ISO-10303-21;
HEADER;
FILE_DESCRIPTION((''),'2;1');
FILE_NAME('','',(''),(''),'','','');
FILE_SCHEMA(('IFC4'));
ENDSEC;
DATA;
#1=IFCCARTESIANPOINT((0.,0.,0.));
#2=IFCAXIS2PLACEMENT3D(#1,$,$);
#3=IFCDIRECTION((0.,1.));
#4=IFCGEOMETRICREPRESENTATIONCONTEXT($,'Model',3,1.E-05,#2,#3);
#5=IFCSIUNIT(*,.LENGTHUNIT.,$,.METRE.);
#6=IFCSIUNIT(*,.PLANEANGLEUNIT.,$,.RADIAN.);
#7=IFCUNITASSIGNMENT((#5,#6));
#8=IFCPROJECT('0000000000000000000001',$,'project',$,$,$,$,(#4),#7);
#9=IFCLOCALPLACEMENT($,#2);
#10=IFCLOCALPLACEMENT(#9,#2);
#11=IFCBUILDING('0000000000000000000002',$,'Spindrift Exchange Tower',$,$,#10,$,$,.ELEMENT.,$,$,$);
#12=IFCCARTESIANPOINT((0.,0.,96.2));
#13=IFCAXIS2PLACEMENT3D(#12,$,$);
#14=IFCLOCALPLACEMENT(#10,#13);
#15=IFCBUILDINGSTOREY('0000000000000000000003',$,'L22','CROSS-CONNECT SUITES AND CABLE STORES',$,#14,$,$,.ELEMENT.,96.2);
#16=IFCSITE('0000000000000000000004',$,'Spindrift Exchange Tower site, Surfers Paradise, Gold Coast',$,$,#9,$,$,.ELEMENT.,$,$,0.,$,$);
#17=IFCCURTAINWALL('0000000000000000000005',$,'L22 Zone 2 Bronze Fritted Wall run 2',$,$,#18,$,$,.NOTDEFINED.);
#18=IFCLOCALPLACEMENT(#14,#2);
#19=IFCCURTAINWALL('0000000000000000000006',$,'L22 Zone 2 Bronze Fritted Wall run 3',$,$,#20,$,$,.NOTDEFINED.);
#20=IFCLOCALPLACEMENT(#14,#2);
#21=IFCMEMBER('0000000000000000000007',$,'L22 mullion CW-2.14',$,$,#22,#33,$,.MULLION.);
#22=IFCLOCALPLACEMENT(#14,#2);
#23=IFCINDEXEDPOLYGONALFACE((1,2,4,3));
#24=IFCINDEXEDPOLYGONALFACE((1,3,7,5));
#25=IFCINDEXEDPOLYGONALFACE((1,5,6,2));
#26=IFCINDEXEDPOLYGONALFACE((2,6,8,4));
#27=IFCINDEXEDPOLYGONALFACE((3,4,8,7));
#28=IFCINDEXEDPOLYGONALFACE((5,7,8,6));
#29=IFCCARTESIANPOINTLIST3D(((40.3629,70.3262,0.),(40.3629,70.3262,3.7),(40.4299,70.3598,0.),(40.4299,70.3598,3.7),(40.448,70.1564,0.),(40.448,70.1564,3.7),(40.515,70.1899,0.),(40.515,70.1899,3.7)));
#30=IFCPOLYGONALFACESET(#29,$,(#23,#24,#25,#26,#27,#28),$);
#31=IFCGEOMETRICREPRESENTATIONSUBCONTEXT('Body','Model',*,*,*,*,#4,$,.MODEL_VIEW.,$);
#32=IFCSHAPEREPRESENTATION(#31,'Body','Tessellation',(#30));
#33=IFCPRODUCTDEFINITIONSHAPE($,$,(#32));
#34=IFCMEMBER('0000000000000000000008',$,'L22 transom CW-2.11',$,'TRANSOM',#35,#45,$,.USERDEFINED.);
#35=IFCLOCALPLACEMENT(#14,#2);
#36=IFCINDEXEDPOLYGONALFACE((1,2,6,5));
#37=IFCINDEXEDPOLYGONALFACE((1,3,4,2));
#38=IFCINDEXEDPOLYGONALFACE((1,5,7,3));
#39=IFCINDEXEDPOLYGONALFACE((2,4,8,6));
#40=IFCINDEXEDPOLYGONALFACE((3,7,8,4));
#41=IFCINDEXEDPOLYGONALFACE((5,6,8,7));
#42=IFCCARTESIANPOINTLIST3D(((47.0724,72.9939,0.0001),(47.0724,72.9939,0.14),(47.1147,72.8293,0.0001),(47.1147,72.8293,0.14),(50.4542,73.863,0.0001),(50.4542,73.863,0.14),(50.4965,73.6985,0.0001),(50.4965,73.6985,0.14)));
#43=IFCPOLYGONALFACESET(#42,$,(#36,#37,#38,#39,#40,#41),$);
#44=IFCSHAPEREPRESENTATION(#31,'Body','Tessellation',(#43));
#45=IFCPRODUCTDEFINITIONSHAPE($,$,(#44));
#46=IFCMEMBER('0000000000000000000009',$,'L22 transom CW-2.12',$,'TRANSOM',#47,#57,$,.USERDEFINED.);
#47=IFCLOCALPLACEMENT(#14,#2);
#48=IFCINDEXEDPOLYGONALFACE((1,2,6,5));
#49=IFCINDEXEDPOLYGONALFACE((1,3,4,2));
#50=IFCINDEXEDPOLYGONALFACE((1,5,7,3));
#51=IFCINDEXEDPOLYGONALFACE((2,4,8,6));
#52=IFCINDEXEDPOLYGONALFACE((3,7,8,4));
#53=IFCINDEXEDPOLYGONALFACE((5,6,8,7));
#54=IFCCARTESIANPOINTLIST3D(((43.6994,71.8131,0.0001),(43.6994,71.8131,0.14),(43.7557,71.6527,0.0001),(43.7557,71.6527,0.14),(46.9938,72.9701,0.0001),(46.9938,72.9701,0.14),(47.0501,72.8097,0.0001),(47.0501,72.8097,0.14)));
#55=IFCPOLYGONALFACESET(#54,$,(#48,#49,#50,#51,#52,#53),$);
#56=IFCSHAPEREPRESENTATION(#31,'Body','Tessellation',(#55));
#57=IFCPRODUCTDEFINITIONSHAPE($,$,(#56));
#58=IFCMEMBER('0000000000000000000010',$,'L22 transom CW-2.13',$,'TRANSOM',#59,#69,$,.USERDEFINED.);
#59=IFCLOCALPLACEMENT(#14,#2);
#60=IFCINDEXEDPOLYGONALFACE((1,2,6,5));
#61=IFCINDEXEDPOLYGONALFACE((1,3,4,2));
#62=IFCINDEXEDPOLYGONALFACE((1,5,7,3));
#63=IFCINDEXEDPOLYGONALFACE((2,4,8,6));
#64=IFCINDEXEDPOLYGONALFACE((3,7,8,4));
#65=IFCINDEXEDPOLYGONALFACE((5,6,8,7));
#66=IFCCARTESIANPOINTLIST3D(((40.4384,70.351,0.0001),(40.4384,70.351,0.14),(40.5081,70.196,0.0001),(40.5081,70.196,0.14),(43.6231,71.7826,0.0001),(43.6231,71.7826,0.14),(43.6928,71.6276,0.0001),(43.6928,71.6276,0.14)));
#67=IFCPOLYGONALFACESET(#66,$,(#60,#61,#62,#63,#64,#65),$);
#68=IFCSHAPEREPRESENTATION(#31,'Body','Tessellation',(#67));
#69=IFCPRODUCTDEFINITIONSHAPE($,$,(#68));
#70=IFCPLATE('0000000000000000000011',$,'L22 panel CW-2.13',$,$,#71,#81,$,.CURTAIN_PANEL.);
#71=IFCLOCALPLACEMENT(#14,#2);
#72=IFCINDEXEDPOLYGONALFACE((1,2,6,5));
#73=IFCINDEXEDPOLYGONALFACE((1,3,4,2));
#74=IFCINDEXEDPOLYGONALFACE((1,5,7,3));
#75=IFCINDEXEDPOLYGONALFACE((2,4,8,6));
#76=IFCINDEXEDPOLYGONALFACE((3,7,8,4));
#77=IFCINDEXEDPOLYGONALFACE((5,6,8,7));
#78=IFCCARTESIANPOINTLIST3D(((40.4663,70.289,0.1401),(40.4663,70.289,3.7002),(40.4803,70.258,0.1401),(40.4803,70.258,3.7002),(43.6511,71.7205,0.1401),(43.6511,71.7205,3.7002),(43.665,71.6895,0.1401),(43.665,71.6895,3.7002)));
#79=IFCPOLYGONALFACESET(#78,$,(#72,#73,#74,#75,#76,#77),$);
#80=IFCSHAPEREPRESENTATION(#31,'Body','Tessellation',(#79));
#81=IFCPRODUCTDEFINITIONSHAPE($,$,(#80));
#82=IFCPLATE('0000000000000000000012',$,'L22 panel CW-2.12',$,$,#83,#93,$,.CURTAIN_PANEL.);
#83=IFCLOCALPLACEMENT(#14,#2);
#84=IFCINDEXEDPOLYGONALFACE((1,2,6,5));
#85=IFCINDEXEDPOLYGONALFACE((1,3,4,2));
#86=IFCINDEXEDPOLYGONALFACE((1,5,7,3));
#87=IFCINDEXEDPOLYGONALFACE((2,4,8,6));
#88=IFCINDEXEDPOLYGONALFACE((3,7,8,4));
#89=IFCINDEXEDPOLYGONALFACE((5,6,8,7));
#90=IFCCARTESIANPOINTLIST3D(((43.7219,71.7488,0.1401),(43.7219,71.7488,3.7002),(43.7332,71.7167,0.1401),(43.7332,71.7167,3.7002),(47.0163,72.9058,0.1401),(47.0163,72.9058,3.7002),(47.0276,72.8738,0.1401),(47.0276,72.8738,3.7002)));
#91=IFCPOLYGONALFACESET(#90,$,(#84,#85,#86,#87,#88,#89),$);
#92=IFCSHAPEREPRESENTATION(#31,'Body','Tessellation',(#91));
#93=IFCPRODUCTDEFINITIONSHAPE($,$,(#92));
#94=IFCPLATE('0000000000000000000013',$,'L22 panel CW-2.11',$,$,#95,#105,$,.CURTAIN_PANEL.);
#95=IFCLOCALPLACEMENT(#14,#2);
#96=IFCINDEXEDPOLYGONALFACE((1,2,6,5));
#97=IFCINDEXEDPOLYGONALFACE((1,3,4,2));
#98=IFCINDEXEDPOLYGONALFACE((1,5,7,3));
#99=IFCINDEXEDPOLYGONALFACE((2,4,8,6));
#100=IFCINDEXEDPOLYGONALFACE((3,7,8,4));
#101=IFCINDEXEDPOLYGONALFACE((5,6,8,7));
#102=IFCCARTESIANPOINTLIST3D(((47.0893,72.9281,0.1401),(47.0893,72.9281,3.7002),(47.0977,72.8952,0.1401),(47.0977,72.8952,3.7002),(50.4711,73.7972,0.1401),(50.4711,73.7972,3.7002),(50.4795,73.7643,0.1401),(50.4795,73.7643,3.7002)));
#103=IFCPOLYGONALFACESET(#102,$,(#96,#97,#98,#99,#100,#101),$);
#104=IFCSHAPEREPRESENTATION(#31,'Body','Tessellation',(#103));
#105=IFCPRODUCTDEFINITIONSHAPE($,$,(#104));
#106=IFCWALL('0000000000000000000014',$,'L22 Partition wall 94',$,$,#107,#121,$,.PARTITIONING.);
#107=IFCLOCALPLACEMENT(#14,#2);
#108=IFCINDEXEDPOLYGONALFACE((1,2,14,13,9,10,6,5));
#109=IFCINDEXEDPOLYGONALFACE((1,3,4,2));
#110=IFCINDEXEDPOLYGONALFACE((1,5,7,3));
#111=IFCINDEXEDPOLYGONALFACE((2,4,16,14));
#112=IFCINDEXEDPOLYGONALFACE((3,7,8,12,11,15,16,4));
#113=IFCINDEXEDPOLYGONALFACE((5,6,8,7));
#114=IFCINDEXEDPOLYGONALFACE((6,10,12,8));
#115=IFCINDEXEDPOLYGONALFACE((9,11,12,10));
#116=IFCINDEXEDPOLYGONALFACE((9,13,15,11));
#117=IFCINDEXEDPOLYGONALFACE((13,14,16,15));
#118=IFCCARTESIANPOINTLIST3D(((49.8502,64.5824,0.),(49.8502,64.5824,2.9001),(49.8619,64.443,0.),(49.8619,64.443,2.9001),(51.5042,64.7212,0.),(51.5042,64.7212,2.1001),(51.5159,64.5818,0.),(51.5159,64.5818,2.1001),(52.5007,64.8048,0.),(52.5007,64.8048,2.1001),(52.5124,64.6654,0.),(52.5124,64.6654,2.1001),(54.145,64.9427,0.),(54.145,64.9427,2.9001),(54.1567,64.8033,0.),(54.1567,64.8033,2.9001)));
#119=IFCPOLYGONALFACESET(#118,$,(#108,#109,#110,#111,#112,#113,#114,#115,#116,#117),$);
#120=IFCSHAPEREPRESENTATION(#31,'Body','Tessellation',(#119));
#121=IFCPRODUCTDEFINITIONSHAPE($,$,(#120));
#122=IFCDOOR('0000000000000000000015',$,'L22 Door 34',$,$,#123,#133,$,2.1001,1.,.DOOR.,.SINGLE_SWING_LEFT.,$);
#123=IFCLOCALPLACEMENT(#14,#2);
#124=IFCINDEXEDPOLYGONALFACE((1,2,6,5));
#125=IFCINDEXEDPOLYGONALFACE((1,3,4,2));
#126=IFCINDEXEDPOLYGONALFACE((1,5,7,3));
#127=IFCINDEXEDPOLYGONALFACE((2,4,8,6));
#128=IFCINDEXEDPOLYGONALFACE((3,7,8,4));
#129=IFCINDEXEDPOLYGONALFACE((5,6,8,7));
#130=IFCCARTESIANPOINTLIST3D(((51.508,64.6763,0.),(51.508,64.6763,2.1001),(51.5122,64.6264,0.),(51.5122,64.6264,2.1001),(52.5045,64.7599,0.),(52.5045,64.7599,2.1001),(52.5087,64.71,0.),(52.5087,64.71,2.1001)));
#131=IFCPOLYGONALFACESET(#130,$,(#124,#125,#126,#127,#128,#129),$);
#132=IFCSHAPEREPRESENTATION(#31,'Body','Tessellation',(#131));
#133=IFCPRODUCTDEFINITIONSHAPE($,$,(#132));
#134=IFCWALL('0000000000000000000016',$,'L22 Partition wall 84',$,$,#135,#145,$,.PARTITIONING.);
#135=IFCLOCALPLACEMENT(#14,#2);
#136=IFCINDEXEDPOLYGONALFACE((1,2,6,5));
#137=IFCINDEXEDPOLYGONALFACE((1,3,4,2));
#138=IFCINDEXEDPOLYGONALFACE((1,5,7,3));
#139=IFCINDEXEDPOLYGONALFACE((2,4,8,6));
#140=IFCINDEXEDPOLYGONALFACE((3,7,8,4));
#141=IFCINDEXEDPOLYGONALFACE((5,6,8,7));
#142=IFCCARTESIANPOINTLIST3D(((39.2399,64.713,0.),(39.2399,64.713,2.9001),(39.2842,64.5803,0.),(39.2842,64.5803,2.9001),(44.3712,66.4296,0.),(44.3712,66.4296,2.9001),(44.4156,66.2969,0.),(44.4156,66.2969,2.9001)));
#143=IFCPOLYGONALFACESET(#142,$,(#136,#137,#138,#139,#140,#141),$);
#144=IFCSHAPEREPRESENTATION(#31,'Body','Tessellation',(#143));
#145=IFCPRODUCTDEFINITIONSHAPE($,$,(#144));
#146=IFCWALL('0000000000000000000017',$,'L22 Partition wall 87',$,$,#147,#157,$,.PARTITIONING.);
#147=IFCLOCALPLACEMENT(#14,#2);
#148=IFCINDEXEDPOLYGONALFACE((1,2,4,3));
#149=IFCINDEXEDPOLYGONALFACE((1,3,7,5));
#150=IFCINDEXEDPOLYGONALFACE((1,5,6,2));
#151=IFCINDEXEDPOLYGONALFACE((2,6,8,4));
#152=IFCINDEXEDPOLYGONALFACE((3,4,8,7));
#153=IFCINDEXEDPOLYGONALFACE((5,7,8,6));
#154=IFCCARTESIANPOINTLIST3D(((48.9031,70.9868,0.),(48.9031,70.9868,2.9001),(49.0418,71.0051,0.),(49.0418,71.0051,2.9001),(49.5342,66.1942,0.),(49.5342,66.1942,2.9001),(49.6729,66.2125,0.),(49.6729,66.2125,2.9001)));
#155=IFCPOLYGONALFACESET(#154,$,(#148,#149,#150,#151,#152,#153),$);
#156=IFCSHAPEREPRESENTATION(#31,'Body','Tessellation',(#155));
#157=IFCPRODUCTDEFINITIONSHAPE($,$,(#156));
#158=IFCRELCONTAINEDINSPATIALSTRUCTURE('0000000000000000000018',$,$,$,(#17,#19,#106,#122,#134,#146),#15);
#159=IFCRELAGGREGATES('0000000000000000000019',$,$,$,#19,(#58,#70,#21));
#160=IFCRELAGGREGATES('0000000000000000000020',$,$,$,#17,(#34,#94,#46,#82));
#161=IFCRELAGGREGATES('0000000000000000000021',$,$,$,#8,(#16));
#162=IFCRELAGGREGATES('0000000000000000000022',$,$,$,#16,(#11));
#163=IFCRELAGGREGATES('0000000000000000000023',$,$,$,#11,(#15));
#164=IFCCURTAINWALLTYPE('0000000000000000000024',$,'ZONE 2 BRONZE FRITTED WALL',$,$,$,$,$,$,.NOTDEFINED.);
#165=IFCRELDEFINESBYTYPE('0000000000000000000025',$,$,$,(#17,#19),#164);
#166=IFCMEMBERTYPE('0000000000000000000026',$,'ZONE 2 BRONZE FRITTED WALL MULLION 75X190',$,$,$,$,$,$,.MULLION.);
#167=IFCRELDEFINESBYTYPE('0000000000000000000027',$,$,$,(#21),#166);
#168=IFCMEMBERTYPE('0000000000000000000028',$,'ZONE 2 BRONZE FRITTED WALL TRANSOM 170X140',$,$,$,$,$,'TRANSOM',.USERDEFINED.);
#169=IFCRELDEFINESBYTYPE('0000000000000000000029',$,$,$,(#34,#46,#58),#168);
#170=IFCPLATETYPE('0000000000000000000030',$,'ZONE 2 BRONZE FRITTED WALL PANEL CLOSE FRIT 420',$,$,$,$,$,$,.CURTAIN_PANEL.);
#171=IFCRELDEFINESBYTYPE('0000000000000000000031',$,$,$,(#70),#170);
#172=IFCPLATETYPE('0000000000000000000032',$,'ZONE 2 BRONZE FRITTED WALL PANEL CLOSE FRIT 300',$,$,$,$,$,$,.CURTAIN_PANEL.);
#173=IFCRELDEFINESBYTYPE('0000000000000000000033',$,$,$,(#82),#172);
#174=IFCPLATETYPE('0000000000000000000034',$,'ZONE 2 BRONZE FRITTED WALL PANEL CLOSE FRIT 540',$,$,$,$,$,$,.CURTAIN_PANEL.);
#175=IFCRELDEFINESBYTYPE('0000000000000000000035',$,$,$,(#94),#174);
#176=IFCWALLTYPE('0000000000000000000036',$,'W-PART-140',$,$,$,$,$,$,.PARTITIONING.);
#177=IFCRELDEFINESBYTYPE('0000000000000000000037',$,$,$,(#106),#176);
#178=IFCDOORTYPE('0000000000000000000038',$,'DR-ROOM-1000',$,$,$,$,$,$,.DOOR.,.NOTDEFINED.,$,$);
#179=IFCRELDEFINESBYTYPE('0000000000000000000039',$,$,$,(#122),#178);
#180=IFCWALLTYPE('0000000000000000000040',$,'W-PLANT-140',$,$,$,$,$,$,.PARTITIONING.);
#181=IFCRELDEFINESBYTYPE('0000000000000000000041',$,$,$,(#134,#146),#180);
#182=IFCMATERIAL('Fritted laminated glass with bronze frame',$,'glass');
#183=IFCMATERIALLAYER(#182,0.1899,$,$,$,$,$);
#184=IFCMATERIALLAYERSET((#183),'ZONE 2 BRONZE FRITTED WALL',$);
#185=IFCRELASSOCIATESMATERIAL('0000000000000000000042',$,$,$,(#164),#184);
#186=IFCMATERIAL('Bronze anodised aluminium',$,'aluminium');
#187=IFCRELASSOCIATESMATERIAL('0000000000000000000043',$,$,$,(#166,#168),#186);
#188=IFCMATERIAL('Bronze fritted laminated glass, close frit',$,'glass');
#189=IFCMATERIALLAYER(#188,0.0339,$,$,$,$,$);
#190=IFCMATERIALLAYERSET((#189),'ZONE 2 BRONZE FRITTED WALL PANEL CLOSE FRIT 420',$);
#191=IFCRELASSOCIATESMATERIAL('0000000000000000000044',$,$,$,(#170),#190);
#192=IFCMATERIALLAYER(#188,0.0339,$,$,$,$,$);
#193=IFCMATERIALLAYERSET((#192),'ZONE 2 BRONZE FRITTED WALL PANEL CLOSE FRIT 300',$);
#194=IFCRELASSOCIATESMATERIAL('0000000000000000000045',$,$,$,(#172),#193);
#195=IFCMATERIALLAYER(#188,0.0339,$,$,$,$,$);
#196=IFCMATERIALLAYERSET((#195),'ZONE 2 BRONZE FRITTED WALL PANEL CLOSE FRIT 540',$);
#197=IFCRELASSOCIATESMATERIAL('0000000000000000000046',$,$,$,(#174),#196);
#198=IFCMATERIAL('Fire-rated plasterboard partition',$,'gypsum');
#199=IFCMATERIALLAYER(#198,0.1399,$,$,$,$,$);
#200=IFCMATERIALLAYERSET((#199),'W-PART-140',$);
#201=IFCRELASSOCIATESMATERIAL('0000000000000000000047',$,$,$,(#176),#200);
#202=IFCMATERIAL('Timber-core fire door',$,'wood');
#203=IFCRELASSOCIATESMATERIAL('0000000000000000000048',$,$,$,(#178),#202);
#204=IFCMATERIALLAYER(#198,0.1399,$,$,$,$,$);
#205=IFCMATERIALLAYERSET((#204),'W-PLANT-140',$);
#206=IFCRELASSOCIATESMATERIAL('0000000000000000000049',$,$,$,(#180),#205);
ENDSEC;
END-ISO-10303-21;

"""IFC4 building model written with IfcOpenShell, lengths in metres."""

from ifc_helpers import new_model, si_unit, direction, frame, frame_2d, origin, origin_2d, place, context, subcontext, project, spatial, rectangle, extrude, source, transform, mapped, material, layer, layer_set, material_profile, profile_set, type_object, element, fill, aggregate, save


model = new_model("IFC4")

# Units and contexts
model_context = context("Model", 3, precision=1e-05, world=origin(), true_north=direction((0.0, 1.0)))
body_context = subcontext(model_context, "Body", "Model", "MODEL_VIEW")
ifc_project = project(units=[si_unit("LENGTHUNIT", "METRE"), si_unit("PLANEANGLEUNIT", "RADIAN")], contexts=[model_context])

# Site, building, storey
site_placement = place(None, origin())
site = spatial("IfcSite", under=ifc_project, at=site_placement, Name="Spindrift Exchange Tower site, Surfers Paradise, Gold Coast", CompositionType="ELEMENT", RefElevation=0.0)
building_placement = place(site_placement, origin())
building = spatial("IfcBuilding", under=site, at=building_placement, Name="Spindrift Exchange Tower", CompositionType="ELEMENT")
storey_placement = place(building_placement, frame((0.0, 0.0, 96.2)))
storey = spatial("IfcBuildingStorey", under=building, at=storey_placement, Name="L22", Description="CROSS-CONNECT SUITES AND CABLE STORES", CompositionType="ELEMENT", Elevation=96.2)

# Curtain walls, member
ifc_material_1 = material(Name="Fritted laminated glass with bronze frame", Category="glass")
ifc_layer_1 = layer(ifc_material_1, 0.1899)
ifc_layer_set_1 = layer_set([ifc_layer_1], Name="ZONE 2 BRONZE FRITTED WALL")
curtain_wall_type = type_object("IfcCurtainWallType", Name="ZONE 2 BRONZE FRITTED WALL", PredefinedType="NOTDEFINED", material=ifc_layer_set_1)
curtain_wall_1_placement = place(storey_placement, origin())
curtain_wall_1 = element("IfcCurtainWall", 1, at=curtain_wall_1_placement, inside=storey, type_object=curtain_wall_type, Name="L22 Zone 2 Bronze Fritted Wall run 2", PredefinedType="NOTDEFINED")
ifc_material_2 = material(Name="Bronze anodised aluminium", Category="aluminium")
ifc_material_profile_1 = material_profile(ifc_material_2, rectangle(XDim=0.075, YDim=0.1899, at=origin_2d()), Name="ZONE 2 BRONZE FRITTED WALL MULLION 75X190")
ifc_profile_set_1 = profile_set([ifc_material_profile_1], Name="Bronze anodised aluminium")
member_type_1 = type_object("IfcMemberType", Name="ZONE 2 BRONZE FRITTED WALL MULLION 75X190", PredefinedType="MULLION", material=ifc_profile_set_1)
shared_shape_1 = source(origin(), body_context, "Body", "SweptSolid", [
    extrude(rectangle(XDim=0.075, YDim=0.1899, at=origin_2d()), origin(), (0.0, 0.0, 1.0), 3.7),
])
curtain_wall_2_placement = place(storey_placement, origin())
curtain_wall_2 = element("IfcCurtainWall", 2, at=curtain_wall_2_placement, inside=storey, type_object=curtain_wall_type, Name="L22 Zone 2 Bronze Fritted Wall run 3", PredefinedType="NOTDEFINED")
member_1_placement = place(storey_placement, frame((40.439, 70.2581, 0.0), z_axis=(0.0, 0.0, 1.0), x_axis=(-0.894006, -0.448056, 0.0)))
member_1 = element("IfcMember", 3, at=member_1_placement, type_object=member_type_1, Name="L22 mullion CW-2.14", PredefinedType="MULLION", context=body_context, shape_type="MappedRepresentation", body=[
    mapped(shared_shape_1, transform((0.0, 0.0, 0.0), scale=1.0)),
])

# Members
ifc_material_profile_2 = material_profile(ifc_material_2, rectangle(XDim=0.1699, YDim=0.1399, at=origin_2d()), Name="ZONE 2 BRONZE FRITTED WALL TRANSOM 170X140")
ifc_profile_set_2 = profile_set([ifc_material_profile_2], Name="Bronze anodised aluminium")
member_type_2 = type_object("IfcMemberType", Name="ZONE 2 BRONZE FRITTED WALL TRANSOM 170X140", ElementType="TRANSOM", PredefinedType="USERDEFINED", material=ifc_profile_set_2)
shared_shape_2 = source(origin(), body_context, "Body", "SweptSolid", [
    extrude(rectangle(XDim=0.1699, YDim=0.1399, at=origin_2d()), origin(), (0.0, 0.0, 1.0), 3.4917),
])
member_2_placement = place(storey_placement, frame((50.4753, 73.7808, 0.0701), z_axis=(-0.968526, -0.248914, 0.0), x_axis=(0.248914, -0.968526, 0.0)))
member_2 = element("IfcMember", 4, at=member_2_placement, type_object=member_type_2, Name="L22 transom CW-2.11", ObjectType="TRANSOM", PredefinedType="USERDEFINED", context=body_context, shape_type="MappedRepresentation", body=[
    mapped(shared_shape_2, transform((0.0, 0.0, 0.0), scale=1.0)),
])
member_3_placement = place(storey_placement, frame((47.022, 72.8899, 0.0701), z_axis=(-0.943507, -0.331353, 0.0), x_axis=(0.331353, -0.943507, 0.0)))
member_3 = element("IfcMember", 5, at=member_3_placement, type_object=member_type_2, Name="L22 transom CW-2.12", ObjectType="TRANSOM", PredefinedType="USERDEFINED", context=body_context, shape_type="MappedRepresentation", body=[
    mapped(shared_shape_2, transform((0.0, 0.0, 0.0), scale=1.0)),
])
member_4_placement = place(storey_placement, frame((43.658, 71.7051, 0.0701), z_axis=(-0.912085, -0.410001, 0.0), x_axis=(0.410001, -0.912085, 0.0)))
member_4 = element("IfcMember", 6, at=member_4_placement, type_object=member_type_2, Name="L22 transom CW-2.13", ObjectType="TRANSOM", PredefinedType="USERDEFINED", context=body_context, shape_type="MappedRepresentation", body=[
    mapped(shared_shape_2, transform((0.0, 0.0, 0.0), scale=1.0)),
])

# Plates
ifc_material_3 = material(Name="Bronze fritted laminated glass, close frit", Category="glass")
ifc_layer_2 = layer(ifc_material_3, 0.0339)
ifc_layer_set_2 = layer_set([ifc_layer_2], Name="ZONE 2 BRONZE FRITTED WALL PANEL CLOSE FRIT 420")
plate_type_1 = type_object("IfcPlateType", Name="ZONE 2 BRONZE FRITTED WALL PANEL CLOSE FRIT 420", PredefinedType="CURTAIN_PANEL", material=ifc_layer_set_2)
shared_shape_3 = source(origin(), body_context, "Body", "SweptSolid", [
    extrude(rectangle(XDim=3.4917, YDim=0.0339, at=origin_2d()), origin(), (0.0, 0.0, 1.0), 3.5601),
])
plate_1_placement = place(storey_placement, frame((42.0657, 70.9893, 0.1401), z_axis=(0.0, 0.0, 1.0), x_axis=(-0.912094, -0.409982, 0.0)))
plate_1 = element("IfcPlate", 7, at=plate_1_placement, type_object=plate_type_1, Name="L22 panel CW-2.13", PredefinedType="CURTAIN_PANEL", context=body_context, shape_type="MappedRepresentation", body=[
    mapped(shared_shape_3, transform((0.0, 0.0, 0.0), scale=1.0)),
])
aggregate(curtain_wall_2, [member_4, plate_1, member_1])
ifc_layer_3 = layer(ifc_material_3, 0.0339)
ifc_layer_set_3 = layer_set([ifc_layer_3], Name="ZONE 2 BRONZE FRITTED WALL PANEL CLOSE FRIT 300")
plate_type_2 = type_object("IfcPlateType", Name="ZONE 2 BRONZE FRITTED WALL PANEL CLOSE FRIT 300", PredefinedType="CURTAIN_PANEL", material=ifc_layer_set_3)
shared_shape_4 = source(origin(), body_context, "Body", "SweptSolid", [
    extrude(rectangle(XDim=3.4917, YDim=0.0339, at=origin_2d()), origin(), (0.0, 0.0, 1.0), 3.5601),
])
plate_2_placement = place(storey_placement, frame((45.3748, 72.3113, 0.1401), z_axis=(0.0, 0.0, 1.0), x_axis=(-0.943498, -0.331377, 0.0)))
plate_2 = element("IfcPlate", 8, at=plate_2_placement, type_object=plate_type_2, Name="L22 panel CW-2.12", PredefinedType="CURTAIN_PANEL", context=body_context, shape_type="MappedRepresentation", body=[
    mapped(shared_shape_4, transform((0.0, 0.0, 0.0), scale=1.0)),
])
ifc_layer_4 = layer(ifc_material_3, 0.0339)
ifc_layer_set_4 = layer_set([ifc_layer_4], Name="ZONE 2 BRONZE FRITTED WALL PANEL CLOSE FRIT 540")
plate_type_3 = type_object("IfcPlateType", Name="ZONE 2 BRONZE FRITTED WALL PANEL CLOSE FRIT 540", PredefinedType="CURTAIN_PANEL", material=ifc_layer_set_4)
shared_shape_5 = source(origin(), body_context, "Body", "SweptSolid", [
    extrude(rectangle(XDim=3.4917, YDim=0.0339, at=origin_2d()), origin(), (0.0, 0.0, 1.0), 3.5601),
])
plate_3_placement = place(storey_placement, frame((48.7844, 73.3462, 0.1401), z_axis=(0.0, 0.0, 1.0), x_axis=(-0.968525, -0.248916, 0.0)))
plate_3 = element("IfcPlate", 9, at=plate_3_placement, type_object=plate_type_3, Name="L22 panel CW-2.11", PredefinedType="CURTAIN_PANEL", context=body_context, shape_type="MappedRepresentation", body=[
    mapped(shared_shape_5, transform((0.0, 0.0, 0.0), scale=1.0)),
])
aggregate(curtain_wall_1, [member_2, plate_3, member_3, plate_2])

# Wall, opening, door
ifc_material_4 = material(Name="Fire-rated plasterboard partition", Category="gypsum")
ifc_layer_5 = layer(ifc_material_4, 0.1399)
ifc_layer_set_5 = layer_set([ifc_layer_5], Name="W-PART-140")
wall_type_1 = type_object("IfcWallType", Name="W-PART-140", PredefinedType="PARTITIONING", material=ifc_layer_set_5)
wall_1_placement = place(storey_placement, frame((49.8562, 64.5127, 0.0), z_axis=(0.0, 0.0, 1.0), x_axis=(0.996498, 0.083613, 0.0)))
wall_1 = element("IfcWall", 10, at=wall_1_placement, inside=storey, type_object=wall_type_1, Name="L22 Partition wall 94", PredefinedType="PARTITIONING", context=body_context, shape_type="SweptSolid", body=[
    extrude(rectangle(XDim=4.3098, YDim=0.1399, at=frame_2d((2.1548, 0.0))), origin(), (0.0, 0.0, 1.0), 2.9001),
])
opening_1_placement = place(wall_1_placement, frame((1.6597, 0.0, 0.0)))
opening_1 = element("IfcOpeningElement", 11, at=opening_1_placement, cuts=wall_1, PredefinedType="OPENING", context=body_context, shape_type="SweptSolid", body=[
    extrude(rectangle(XDim=1.0, YDim=2.1001, at=frame_2d((0.5, 1.05))), frame((0.0, 0.0798, 0.0), z_axis=(0.0, -1.0, 0.0), x_axis=(1.0, 0.0, 0.0)), (0.0, 0.0, 1.0), 0.1599),
])
ifc_material_5 = material(Name="Timber-core fire door", Category="wood")
door_type = type_object("IfcDoorType", Name="DR-ROOM-1000", OperationType="NOTDEFINED", PredefinedType="DOOR", material=ifc_material_5)
shared_shape_6 = source(origin(), body_context, "Body", "SweptSolid", [
    extrude(rectangle(XDim=1.0, YDim=2.1001, at=frame_2d((0.5, 1.05))), frame((0.0, 0.0249, 0.0), z_axis=(0.0, -1.0, 0.0), x_axis=(1.0, 0.0, 0.0)), (0.0, 0.0, 1.0), 0.05),
])
door_1_placement = place(opening_1_placement, origin())
door_1 = element("IfcDoor", 12, at=door_1_placement, inside=storey, type_object=door_type, Name="L22 Door 34", OperationType="SINGLE_SWING_LEFT", OverallHeight=2.1001, OverallWidth=1.0, PredefinedType="DOOR", context=body_context, shape_type="MappedRepresentation", body=[
    mapped(shared_shape_6, transform((0.0, 0.0, 0.0), scale=1.0)),
])
fill(opening_1, door_1)

# Walls
ifc_layer_6 = layer(ifc_material_4, 0.1399)
ifc_layer_set_6 = layer_set([ifc_layer_6], Name="W-PLANT-140")
wall_type_2 = type_object("IfcWallType", Name="W-PLANT-140", PredefinedType="PARTITIONING", material=ifc_layer_set_6)
wall_2_placement = place(storey_placement, frame((44.3936, 66.3633, 0.0), z_axis=(0.0, 0.0, 1.0), x_axis=(-0.948344, -0.317243, 0.0)))
element("IfcWall", 13, at=wall_2_placement, inside=storey, type_object=wall_type_2, Name="L22 Partition wall 84", PredefinedType="PARTITIONING", context=body_context, shape_type="SweptSolid", body=[
    extrude(rectangle(XDim=5.4109, YDim=0.1399, at=frame_2d((2.7056, 0.0))), origin(), (0.0, 0.0, 1.0), 2.9001),
])
wall_3_placement = place(storey_placement, frame((49.6035, 66.2034, 0.0), z_axis=(0.0, 0.0, 1.0), x_axis=(-0.130552, 0.991441, 0.0)))
element("IfcWall", 14, at=wall_3_placement, inside=storey, type_object=wall_type_2, Name="L22 Partition wall 87", PredefinedType="PARTITIONING", context=body_context, shape_type="SweptSolid", body=[
    extrude(rectangle(XDim=4.834, YDim=0.1399, at=frame_2d((2.417, 0.0))), origin(), (0.0, 0.0, 1.0), 2.9001),
])

save(model, "model.ifc")
